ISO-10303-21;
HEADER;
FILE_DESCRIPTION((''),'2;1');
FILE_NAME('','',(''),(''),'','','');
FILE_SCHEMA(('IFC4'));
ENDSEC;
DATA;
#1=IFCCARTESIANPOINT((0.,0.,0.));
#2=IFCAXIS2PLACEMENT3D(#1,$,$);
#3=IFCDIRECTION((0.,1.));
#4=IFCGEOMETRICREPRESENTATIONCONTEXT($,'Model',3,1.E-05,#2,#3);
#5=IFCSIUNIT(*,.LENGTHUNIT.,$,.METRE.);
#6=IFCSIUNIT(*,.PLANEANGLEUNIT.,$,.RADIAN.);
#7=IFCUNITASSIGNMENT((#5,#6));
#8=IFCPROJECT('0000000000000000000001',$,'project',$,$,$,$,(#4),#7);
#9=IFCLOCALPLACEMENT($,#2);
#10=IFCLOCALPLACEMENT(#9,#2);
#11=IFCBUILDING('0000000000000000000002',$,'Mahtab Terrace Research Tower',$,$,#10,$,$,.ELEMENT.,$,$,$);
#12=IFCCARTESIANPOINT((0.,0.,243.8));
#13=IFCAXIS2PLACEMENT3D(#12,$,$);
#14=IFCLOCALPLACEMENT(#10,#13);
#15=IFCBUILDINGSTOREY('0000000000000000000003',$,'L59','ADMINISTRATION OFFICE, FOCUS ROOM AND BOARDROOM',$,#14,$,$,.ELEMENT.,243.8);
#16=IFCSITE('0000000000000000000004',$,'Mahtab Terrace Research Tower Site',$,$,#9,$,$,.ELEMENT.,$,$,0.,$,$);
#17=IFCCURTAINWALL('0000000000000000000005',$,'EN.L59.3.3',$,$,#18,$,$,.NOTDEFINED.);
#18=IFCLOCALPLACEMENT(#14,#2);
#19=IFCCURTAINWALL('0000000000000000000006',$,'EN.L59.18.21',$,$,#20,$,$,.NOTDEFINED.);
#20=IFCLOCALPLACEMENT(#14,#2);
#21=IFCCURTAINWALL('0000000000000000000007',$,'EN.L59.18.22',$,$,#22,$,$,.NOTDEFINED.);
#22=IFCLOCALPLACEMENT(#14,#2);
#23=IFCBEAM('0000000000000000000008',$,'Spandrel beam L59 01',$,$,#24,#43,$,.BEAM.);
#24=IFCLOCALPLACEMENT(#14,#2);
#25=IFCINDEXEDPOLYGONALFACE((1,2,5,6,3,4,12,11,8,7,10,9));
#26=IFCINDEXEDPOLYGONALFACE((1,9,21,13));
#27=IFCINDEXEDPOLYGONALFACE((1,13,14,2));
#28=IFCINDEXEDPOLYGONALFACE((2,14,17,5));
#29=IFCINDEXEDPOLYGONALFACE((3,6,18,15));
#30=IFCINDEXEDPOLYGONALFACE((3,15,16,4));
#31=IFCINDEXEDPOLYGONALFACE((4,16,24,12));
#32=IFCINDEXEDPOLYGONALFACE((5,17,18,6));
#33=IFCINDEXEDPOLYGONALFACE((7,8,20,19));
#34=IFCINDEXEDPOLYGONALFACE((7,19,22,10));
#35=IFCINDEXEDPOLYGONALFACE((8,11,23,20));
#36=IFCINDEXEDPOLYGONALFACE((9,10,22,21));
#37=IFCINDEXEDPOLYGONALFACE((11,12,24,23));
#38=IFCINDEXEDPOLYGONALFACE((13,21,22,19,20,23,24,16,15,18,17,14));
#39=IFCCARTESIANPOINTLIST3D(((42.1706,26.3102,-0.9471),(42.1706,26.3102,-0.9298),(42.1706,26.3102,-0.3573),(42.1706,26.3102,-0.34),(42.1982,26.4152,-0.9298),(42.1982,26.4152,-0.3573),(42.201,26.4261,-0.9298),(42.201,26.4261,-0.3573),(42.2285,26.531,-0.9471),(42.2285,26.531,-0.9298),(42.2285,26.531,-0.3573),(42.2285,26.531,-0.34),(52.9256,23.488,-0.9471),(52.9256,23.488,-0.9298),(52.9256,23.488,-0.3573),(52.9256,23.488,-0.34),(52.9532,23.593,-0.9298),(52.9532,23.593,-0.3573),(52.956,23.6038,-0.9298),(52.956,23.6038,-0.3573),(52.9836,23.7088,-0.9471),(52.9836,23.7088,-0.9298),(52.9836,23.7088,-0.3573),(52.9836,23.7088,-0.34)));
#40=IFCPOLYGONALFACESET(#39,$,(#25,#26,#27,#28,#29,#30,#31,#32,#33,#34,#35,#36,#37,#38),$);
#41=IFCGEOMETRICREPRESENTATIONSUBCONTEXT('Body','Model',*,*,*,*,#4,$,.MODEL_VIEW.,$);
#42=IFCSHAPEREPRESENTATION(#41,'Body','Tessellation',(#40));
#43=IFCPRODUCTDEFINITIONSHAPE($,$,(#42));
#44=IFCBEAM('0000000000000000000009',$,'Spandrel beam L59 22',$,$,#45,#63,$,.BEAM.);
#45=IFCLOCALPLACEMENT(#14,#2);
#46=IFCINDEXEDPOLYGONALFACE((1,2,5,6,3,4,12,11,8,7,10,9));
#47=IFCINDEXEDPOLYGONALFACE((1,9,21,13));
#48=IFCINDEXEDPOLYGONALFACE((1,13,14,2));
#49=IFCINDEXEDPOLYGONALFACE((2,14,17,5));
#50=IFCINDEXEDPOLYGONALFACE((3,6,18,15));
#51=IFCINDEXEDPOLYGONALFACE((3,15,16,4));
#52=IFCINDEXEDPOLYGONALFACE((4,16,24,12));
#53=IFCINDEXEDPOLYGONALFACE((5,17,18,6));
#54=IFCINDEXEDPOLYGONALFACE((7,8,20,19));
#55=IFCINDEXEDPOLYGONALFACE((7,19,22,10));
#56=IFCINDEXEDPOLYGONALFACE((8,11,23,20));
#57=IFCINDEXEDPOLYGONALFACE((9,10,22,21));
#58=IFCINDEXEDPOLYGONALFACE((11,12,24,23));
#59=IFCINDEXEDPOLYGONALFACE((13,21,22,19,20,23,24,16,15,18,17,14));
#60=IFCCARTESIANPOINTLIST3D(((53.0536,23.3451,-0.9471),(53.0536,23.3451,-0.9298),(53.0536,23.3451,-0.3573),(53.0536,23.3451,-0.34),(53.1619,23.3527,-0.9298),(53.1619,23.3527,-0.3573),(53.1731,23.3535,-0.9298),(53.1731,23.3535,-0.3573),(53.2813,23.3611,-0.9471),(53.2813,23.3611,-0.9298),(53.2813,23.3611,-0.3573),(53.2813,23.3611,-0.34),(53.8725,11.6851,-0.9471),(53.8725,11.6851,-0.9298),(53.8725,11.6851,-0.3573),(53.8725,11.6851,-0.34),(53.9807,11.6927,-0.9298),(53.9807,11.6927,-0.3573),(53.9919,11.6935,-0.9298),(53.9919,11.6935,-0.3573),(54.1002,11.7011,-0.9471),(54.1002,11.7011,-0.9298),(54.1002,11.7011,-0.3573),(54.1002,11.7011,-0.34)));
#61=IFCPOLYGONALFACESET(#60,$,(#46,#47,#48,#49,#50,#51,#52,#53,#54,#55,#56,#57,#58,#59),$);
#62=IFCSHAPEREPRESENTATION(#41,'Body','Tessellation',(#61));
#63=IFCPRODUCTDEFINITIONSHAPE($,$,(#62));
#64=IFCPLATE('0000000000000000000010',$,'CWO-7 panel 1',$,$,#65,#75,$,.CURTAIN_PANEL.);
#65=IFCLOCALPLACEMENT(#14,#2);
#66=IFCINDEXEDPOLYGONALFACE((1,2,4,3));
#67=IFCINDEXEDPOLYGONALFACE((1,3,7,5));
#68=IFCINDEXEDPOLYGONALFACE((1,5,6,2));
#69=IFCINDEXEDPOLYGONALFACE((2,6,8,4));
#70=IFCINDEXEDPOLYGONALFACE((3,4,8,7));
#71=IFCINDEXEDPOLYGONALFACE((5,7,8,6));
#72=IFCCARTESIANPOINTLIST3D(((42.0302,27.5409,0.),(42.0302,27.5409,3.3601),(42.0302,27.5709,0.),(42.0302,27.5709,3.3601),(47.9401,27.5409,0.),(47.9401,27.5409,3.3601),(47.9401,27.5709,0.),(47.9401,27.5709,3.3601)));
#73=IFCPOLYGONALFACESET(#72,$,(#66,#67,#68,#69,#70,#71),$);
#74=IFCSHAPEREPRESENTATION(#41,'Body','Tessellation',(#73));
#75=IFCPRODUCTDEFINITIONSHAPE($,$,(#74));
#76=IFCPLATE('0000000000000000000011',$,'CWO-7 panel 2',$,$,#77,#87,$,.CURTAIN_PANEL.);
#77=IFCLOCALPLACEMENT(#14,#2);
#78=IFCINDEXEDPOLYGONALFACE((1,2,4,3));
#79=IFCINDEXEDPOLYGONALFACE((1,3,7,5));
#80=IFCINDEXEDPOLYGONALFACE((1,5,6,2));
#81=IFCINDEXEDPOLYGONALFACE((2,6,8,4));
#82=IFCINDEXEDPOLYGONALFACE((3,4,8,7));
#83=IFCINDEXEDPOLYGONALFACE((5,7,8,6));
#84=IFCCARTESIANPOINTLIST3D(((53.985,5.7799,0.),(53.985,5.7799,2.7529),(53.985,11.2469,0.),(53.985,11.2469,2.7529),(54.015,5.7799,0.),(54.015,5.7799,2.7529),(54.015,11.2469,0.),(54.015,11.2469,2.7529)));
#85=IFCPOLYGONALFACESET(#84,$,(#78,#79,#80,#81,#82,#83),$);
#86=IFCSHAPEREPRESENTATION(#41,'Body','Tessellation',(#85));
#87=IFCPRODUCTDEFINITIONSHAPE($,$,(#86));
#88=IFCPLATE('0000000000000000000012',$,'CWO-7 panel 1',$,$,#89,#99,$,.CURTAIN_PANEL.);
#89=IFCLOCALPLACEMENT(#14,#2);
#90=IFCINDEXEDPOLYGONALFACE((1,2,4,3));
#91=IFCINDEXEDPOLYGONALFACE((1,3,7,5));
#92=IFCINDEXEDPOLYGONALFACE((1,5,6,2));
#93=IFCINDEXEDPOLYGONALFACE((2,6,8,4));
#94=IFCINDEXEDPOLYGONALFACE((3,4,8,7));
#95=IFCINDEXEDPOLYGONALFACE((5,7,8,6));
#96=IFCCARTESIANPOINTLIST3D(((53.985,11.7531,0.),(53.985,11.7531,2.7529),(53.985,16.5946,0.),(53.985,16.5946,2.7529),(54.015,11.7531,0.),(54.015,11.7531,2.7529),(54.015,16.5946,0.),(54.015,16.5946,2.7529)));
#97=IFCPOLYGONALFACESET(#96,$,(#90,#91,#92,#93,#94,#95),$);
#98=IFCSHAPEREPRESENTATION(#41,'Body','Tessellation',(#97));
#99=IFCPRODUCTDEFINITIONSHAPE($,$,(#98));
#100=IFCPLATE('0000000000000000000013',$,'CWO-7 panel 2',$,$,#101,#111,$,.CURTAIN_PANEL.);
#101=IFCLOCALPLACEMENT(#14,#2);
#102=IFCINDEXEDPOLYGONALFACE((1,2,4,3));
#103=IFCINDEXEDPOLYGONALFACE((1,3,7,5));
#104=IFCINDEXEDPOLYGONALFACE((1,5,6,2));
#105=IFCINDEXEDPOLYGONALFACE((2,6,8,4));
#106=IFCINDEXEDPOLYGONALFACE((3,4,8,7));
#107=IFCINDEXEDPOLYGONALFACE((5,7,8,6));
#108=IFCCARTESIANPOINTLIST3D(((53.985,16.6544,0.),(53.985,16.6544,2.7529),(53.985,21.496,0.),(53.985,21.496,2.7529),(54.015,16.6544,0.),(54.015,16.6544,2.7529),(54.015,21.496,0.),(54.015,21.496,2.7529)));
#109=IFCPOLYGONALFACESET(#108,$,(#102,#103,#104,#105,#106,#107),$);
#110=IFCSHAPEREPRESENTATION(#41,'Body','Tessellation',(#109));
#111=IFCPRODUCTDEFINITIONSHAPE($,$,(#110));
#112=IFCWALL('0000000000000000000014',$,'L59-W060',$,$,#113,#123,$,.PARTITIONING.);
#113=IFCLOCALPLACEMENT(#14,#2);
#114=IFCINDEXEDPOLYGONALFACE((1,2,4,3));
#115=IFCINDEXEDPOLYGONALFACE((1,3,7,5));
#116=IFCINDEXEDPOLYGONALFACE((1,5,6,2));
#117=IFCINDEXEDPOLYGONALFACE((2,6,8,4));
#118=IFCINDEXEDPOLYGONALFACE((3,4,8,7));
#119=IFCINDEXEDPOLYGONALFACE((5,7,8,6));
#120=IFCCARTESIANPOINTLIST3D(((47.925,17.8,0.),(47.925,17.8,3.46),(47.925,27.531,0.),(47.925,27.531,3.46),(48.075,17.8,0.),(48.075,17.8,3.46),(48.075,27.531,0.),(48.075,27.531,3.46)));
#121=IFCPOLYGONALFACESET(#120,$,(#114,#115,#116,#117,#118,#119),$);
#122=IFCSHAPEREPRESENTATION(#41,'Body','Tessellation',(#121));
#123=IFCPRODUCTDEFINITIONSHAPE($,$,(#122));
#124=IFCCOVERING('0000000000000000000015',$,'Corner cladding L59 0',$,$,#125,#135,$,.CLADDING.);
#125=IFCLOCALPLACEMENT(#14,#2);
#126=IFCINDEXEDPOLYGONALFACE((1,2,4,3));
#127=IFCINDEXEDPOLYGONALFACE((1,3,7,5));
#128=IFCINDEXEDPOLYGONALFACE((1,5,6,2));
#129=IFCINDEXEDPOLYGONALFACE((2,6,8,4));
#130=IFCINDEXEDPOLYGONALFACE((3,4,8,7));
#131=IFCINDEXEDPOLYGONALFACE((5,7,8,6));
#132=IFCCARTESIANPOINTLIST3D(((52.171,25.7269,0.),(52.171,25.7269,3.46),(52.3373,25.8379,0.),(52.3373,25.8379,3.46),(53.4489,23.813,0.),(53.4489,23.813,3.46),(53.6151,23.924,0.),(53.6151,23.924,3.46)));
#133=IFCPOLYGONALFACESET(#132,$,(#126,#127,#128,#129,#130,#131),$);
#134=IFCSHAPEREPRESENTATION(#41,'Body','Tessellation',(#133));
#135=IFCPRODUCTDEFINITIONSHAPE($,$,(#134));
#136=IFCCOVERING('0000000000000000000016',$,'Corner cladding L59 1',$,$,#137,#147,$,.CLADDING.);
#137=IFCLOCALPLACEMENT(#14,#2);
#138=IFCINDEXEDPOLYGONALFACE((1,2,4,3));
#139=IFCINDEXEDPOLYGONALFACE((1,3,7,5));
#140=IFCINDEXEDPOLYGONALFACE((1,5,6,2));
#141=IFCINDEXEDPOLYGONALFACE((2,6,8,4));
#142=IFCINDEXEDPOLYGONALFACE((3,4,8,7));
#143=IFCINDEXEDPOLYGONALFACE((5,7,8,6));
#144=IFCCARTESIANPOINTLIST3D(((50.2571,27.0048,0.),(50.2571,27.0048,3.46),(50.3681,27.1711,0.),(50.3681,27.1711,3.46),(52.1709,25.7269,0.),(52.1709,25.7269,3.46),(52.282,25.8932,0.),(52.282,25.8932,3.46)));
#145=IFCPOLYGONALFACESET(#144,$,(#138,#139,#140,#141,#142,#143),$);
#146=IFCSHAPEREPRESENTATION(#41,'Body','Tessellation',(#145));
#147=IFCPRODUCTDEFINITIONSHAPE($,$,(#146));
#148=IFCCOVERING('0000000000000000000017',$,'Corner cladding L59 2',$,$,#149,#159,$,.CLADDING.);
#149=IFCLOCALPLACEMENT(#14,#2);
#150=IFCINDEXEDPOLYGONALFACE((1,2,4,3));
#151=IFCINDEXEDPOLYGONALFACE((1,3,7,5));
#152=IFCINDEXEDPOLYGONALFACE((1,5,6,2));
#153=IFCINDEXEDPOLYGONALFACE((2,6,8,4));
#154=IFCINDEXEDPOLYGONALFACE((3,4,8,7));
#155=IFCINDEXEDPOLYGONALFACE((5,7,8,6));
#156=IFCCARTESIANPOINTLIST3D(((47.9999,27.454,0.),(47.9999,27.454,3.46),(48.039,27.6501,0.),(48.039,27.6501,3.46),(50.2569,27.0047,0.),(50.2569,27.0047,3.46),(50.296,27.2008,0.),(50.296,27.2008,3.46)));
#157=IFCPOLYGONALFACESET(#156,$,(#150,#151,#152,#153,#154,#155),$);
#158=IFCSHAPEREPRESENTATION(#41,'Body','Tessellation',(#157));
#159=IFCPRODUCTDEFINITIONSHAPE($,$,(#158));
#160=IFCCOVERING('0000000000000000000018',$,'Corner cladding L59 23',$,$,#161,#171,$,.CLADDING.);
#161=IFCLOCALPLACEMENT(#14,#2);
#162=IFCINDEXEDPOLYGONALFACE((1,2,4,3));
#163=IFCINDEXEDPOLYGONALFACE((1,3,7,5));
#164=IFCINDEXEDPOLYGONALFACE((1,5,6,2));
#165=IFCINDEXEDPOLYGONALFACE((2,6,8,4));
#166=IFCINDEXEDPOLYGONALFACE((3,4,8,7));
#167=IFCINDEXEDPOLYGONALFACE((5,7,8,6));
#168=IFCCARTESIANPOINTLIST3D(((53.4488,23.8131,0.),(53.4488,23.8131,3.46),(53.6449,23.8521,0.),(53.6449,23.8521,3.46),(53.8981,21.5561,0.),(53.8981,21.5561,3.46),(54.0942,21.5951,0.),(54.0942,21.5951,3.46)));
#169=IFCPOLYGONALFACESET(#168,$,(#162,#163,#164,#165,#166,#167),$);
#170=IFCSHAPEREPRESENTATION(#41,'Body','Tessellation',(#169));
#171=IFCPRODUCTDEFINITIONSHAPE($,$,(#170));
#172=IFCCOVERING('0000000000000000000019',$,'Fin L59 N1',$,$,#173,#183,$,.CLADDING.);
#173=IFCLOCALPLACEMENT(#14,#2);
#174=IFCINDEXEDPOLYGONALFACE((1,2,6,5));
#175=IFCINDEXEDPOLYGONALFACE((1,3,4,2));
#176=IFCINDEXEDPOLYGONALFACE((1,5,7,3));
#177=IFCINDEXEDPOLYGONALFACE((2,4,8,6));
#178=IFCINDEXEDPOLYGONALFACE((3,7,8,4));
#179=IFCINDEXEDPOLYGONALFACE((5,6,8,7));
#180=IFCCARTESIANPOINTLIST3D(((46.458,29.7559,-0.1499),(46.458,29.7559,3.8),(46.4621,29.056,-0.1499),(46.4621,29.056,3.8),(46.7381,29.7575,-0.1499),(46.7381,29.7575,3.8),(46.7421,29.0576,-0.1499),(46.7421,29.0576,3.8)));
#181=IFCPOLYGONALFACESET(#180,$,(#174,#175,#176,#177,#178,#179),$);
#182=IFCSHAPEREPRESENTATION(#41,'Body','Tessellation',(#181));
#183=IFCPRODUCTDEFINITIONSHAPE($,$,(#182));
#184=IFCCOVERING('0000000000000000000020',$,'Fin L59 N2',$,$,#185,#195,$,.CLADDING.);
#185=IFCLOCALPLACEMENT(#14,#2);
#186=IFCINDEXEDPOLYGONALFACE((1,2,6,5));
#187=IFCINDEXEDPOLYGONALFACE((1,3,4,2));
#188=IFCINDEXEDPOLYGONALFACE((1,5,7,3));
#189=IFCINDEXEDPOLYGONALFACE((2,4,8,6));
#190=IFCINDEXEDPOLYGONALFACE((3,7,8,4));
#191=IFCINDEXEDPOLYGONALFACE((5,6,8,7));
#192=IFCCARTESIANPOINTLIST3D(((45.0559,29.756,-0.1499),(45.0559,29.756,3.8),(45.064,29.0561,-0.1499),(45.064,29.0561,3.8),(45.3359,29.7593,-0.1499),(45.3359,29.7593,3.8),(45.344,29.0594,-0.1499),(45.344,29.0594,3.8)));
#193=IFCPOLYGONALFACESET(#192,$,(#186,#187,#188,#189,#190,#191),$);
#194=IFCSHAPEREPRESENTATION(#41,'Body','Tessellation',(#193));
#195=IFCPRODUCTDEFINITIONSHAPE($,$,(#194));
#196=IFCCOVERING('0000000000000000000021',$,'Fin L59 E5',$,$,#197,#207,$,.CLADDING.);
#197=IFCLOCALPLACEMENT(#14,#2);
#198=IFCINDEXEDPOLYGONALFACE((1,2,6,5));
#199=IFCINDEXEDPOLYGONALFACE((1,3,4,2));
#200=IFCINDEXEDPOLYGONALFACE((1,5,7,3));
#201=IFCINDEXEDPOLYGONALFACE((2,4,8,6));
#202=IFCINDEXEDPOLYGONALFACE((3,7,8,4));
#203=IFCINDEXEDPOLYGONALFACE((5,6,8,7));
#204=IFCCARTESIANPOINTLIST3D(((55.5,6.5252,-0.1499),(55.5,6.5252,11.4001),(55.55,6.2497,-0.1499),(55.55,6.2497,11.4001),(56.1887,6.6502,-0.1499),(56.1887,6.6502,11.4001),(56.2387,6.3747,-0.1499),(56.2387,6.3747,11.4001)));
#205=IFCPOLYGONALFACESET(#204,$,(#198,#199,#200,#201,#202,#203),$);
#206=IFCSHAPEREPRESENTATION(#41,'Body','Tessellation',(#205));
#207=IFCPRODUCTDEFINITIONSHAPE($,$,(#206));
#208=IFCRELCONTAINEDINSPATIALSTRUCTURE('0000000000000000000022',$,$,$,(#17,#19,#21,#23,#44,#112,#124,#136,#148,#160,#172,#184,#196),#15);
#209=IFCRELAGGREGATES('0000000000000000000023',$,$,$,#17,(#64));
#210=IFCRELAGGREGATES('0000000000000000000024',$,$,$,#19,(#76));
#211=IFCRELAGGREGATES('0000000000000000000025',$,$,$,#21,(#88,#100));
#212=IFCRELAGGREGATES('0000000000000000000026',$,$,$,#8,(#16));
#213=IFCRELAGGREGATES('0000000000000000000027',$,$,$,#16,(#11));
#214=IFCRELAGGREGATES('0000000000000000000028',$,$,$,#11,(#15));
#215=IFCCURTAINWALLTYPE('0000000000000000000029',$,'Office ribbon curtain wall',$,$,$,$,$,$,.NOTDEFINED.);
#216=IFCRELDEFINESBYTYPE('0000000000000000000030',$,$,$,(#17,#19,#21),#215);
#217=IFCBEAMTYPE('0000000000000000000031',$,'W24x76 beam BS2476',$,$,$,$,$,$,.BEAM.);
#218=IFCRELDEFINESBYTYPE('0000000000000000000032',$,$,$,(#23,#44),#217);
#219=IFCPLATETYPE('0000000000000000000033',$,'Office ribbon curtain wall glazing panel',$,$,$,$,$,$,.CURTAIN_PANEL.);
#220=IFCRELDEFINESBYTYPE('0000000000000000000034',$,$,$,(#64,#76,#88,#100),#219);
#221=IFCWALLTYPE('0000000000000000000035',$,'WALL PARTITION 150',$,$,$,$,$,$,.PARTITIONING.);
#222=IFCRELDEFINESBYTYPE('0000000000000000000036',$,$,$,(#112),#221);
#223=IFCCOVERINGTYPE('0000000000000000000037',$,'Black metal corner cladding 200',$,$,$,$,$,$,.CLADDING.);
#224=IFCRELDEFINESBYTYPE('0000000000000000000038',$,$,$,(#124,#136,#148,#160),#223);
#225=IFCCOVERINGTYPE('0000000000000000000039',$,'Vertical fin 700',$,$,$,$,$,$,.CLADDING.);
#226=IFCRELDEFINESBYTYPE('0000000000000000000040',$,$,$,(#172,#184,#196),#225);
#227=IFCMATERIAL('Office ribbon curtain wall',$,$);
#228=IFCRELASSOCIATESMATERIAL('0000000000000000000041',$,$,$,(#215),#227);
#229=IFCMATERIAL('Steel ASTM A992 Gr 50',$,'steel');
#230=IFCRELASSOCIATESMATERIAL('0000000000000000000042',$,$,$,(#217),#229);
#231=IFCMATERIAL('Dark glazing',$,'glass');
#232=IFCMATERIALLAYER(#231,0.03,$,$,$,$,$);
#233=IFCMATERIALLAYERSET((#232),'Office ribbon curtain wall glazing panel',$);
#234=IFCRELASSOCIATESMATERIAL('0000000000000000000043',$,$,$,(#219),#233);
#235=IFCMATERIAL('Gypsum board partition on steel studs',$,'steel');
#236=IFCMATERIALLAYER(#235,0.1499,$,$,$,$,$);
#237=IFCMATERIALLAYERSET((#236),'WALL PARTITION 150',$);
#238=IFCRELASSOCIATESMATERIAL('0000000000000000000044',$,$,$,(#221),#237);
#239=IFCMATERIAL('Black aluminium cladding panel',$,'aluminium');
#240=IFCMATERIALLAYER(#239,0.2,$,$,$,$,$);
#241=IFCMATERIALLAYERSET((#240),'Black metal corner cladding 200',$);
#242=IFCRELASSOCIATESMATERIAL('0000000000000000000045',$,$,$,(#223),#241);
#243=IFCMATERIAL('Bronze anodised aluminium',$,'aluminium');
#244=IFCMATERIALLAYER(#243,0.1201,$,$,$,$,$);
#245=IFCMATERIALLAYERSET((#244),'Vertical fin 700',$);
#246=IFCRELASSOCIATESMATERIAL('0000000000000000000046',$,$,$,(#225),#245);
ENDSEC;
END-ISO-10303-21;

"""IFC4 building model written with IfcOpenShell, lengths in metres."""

from ifc_helpers import new_model, si_unit, direction, frame, frame_2d, origin, origin_2d, place, context, subcontext, project, spatial, rectangle, i_section, extrude, material, layer, layer_set, material_profile, profile_set, type_object, element, aggregate, save


model = new_model("IFC4")

# Units and contexts
model_context = context("Model", 3, precision=1e-05, world=origin(), true_north=direction((0.0, 1.0)))
body_context = subcontext(model_context, "Body", "Model", "MODEL_VIEW")
ifc_project = project(units=[si_unit("LENGTHUNIT", "METRE"), si_unit("PLANEANGLEUNIT", "RADIAN")], contexts=[model_context])

# Site, building, storey
site_placement = place(None, origin())
site = spatial("IfcSite", under=ifc_project, at=site_placement, Name="Mahtab Terrace Research Tower Site", CompositionType="ELEMENT", RefElevation=0.0)
building_placement = place(site_placement, origin())
building = spatial("IfcBuilding", under=site, at=building_placement, Name="Mahtab Terrace Research Tower", CompositionType="ELEMENT")
storey_placement = place(building_placement, frame((0.0, 0.0, 243.8)))
storey = spatial("IfcBuildingStorey", under=building, at=storey_placement, Name="L59", Description="ADMINISTRATION OFFICE, FOCUS ROOM AND BOARDROOM", CompositionType="ELEMENT", Elevation=243.8)

# Shared definitions
ifc_material_1 = material(Name="Steel ASTM A992 Gr 50", Category="steel")

# Curtain wall
ifc_material_2 = material(Name="Office ribbon curtain wall")
curtain_wall_type = type_object("IfcCurtainWallType", Name="Office ribbon curtain wall", PredefinedType="NOTDEFINED", material=ifc_material_2)
curtain_wall_1_placement = place(storey_placement, origin())
curtain_wall_1 = element("IfcCurtainWall", 1, at=curtain_wall_1_placement, inside=storey, type_object=curtain_wall_type, Name="EN.L59.3.3", PredefinedType="NOTDEFINED")

# Curtain walls
curtain_wall_2_placement = place(storey_placement, origin())
curtain_wall_2 = element("IfcCurtainWall", 2, at=curtain_wall_2_placement, inside=storey, type_object=curtain_wall_type, Name="EN.L59.18.21", PredefinedType="NOTDEFINED")
curtain_wall_3_placement = place(storey_placement, origin())
curtain_wall_3 = element("IfcCurtainWall", 3, at=curtain_wall_3_placement, inside=storey, type_object=curtain_wall_type, Name="EN.L59.18.22", PredefinedType="NOTDEFINED")

# Beams
ifc_material_profile_1 = material_profile(ifc_material_1, i_section(OverallWidth=0.2283, OverallDepth=0.6072, WebThickness=0.0112, FlangeThickness=0.0173, at=origin_2d()), Name="W24X76")
ifc_profile_set_1 = profile_set([ifc_material_profile_1], Name="Steel ASTM A992 Gr 50")
beam_type = type_object("IfcBeamType", Name="W24x76 beam BS2476", PredefinedType="BEAM", material=ifc_profile_set_1)
beam_1_placement = place(storey_placement, frame((52.9546, 23.5984, -0.6436), z_axis=(-0.967252, 0.253818, 0.0), x_axis=(-0.253818, -0.967252, 0.0)))
element("IfcBeam", 4, at=beam_1_placement, inside=storey, type_object=beam_type, Name="Spandrel beam L59 01", PredefinedType="BEAM", context=body_context, shape_type="SweptSolid", body=[
    extrude(i_section(OverallWidth=0.2283, OverallDepth=0.6072, WebThickness=0.0112, FlangeThickness=0.0173, at=origin_2d()), origin(), (0.0, 0.0, 1.0), 11.1191),
])
beam_2_placement = place(storey_placement, frame((53.9863, 11.6931, -0.6436), z_axis=(-0.070055, 0.997543, 0.0), x_axis=(-0.997543, -0.070055, 0.0)))
element("IfcBeam", 5, at=beam_2_placement, inside=storey, type_object=beam_type, Name="Spandrel beam L59 22", PredefinedType="BEAM", context=body_context, shape_type="SweptSolid", body=[
    extrude(i_section(OverallWidth=0.2283, OverallDepth=0.6072, WebThickness=0.0112, FlangeThickness=0.0173, at=origin_2d()), origin(), (0.0, 0.0, 1.0), 11.6887),
])

# Plates
ifc_material_3 = material(Name="Dark glazing", Category="glass")
ifc_layer_1 = layer(ifc_material_3, 0.03)
ifc_layer_set_1 = layer_set([ifc_layer_1], Name="Office ribbon curtain wall glazing panel")
plate_type = type_object("IfcPlateType", Name="Office ribbon curtain wall glazing panel", PredefinedType="CURTAIN_PANEL", material=ifc_layer_set_1)
plate_1_placement = place(storey_placement, frame((44.9851, 27.5559, 0.0), z_axis=(0.0, 0.0, 1.0), x_axis=(-1.0, 0.0, 0.0)))
plate_1 = element("IfcPlate", 6, at=plate_1_placement, type_object=plate_type, Name="CWO-7 panel 1", PredefinedType="CURTAIN_PANEL", context=body_context, shape_type="SweptSolid", body=[
    extrude(rectangle(XDim=5.9099, YDim=0.03, at=origin_2d()), origin(), (0.0, 0.0, 1.0), 3.3601),
])
aggregate(curtain_wall_1, [plate_1])
plate_2_placement = place(storey_placement, frame((54.0, 8.5134, 0.0), z_axis=(0.0, 0.0, 1.0), x_axis=(0.0, 1.0, 0.0)))
plate_2 = element("IfcPlate", 7, at=plate_2_placement, type_object=plate_type, Name="CWO-7 panel 2", PredefinedType="CURTAIN_PANEL", context=body_context, shape_type="SweptSolid", body=[
    extrude(rectangle(XDim=5.467, YDim=0.03, at=origin_2d()), origin(), (0.0, 0.0, 1.0), 2.7529),
])
aggregate(curtain_wall_2, [plate_2])
plate_3_placement = place(storey_placement, frame((54.0, 14.1738, 0.0), z_axis=(0.0, 0.0, 1.0), x_axis=(0.0, 1.0, 0.0)))
plate_3 = element("IfcPlate", 8, at=plate_3_placement, type_object=plate_type, Name="CWO-7 panel 1", PredefinedType="CURTAIN_PANEL", context=body_context, shape_type="SweptSolid", body=[
    extrude(rectangle(XDim=4.8416, YDim=0.03, at=origin_2d()), origin(), (0.0, 0.0, 1.0), 2.7529),
])
plate_4_placement = place(storey_placement, frame((54.0, 19.0752, 0.0), z_axis=(0.0, 0.0, 1.0), x_axis=(0.0, 1.0, 0.0)))
plate_4 = element("IfcPlate", 9, at=plate_4_placement, type_object=plate_type, Name="CWO-7 panel 2", PredefinedType="CURTAIN_PANEL", context=body_context, shape_type="SweptSolid", body=[
    extrude(rectangle(XDim=4.8416, YDim=0.03, at=origin_2d()), origin(), (0.0, 0.0, 1.0), 2.7529),
])
aggregate(curtain_wall_3, [plate_3, plate_4])

# Wall
ifc_material_4 = material(Name="Gypsum board partition on steel studs", Category="steel")
ifc_layer_2 = layer(ifc_material_4, 0.1499)
ifc_layer_set_2 = layer_set([ifc_layer_2], Name="WALL PARTITION 150")
wall_type = type_object("IfcWallType", Name="WALL PARTITION 150", PredefinedType="PARTITIONING", material=ifc_layer_set_2)
wall_placement = place(storey_placement, frame((48.0, 17.8, 0.0), z_axis=(0.0, 0.0, 1.0), x_axis=(0.0, 1.0, 0.0)))
element("IfcWall", 10, at=wall_placement, inside=storey, type_object=wall_type, Name="L59-W060", PredefinedType="PARTITIONING", context=body_context, shape_type="SweptSolid", body=[
    extrude(rectangle(XDim=9.731, YDim=0.1499, at=frame_2d((4.8655, 0.0))), origin(), (0.0, 0.0, 1.0), 3.46),
])

# Coverings
ifc_material_5 = material(Name="Black aluminium cladding panel", Category="aluminium")
ifc_layer_3 = layer(ifc_material_5, 0.2)
ifc_layer_set_3 = layer_set([ifc_layer_3], Name="Black metal corner cladding 200")
covering_type_1 = type_object("IfcCoveringType", Name="Black metal corner cladding 200", PredefinedType="CLADDING", material=ifc_layer_set_3)
for number, where, z_axis, x_axis, name in (
    (11, (52.8931, 24.8254, 0.0), (0.0, 0.0, 1.0), (-0.555291, 0.831656, 0.0), "Corner cladding L59 0"),
    (12, (51.2695, 26.449, 0.0), (0.0, 0.0, 1.0), (-0.831656, 0.555291, 0.0), "Corner cladding L59 1"),
    (13, (49.1479, 27.3274, 0.0), (0.0, 0.0, 1.0), (-0.980761, 0.195212, 0.0), "Corner cladding L59 2"),
    (14, (53.7715, 22.7041, 0.0), (0.0, 0.0, 1.0), (-0.195212, 0.980761, 0.0), "Corner cladding L59 23"),
):
    element("IfcCovering", number, at=place(storey_placement, frame(where, z_axis=z_axis, x_axis=x_axis)), inside=storey, type_object=covering_type_1, Name=name, PredefinedType="CLADDING", context=body_context, shape_type="SweptSolid", body=[
        extrude(rectangle(XDim=2.3013, YDim=0.2, at=origin_2d()), origin(), (0.0, 0.0, 1.0), 3.46),
    ])
ifc_material_6 = material(Name="Bronze anodised aluminium", Category="aluminium")
ifc_layer_4 = layer(ifc_material_6, 0.1201)
ifc_layer_set_4 = layer_set([ifc_layer_4], Name="Vertical fin 700")
covering_type_2 = type_object("IfcCoveringType", Name="Vertical fin 700", PredefinedType="CLADDING", material=ifc_layer_set_4)
for number, where, z_axis, x_axis, name in (
    (15, (46.6001, 29.4067, -0.1499), (0.0, 0.0, 1.0), (-0.999983, -0.005818, 0.0), "Fin L59 N1"),
    (16, (45.2, 29.4077, -0.1499), (0.0, 0.0, 1.0), (-0.999932, -0.011635, 0.0), "Fin L59 N2"),
):
    element("IfcCovering", number, at=place(storey_placement, frame(where, z_axis=z_axis, x_axis=x_axis)), inside=storey, type_object=covering_type_2, Name=name, PredefinedType="CLADDING", context=body_context, shape_type="SweptSolid", body=[
        extrude(rectangle(XDim=0.28, YDim=0.7, at=origin_2d()), origin(), (0.0, 0.0, 1.0), 3.95),
    ])
for number, where, z_axis, x_axis, name in (
    (17, (55.8694, 6.45, -0.1499), (0.0, 0.0, 1.0), (-0.178618, 0.983918, 0.0), "Fin L59 E5"),
):
    element("IfcCovering", number, at=place(storey_placement, frame(where, z_axis=z_axis, x_axis=x_axis)), inside=storey, type_object=covering_type_2, Name=name, PredefinedType="CLADDING", context=body_context, shape_type="SweptSolid", body=[
        extrude(rectangle(XDim=0.28, YDim=0.7, at=origin_2d()), origin(), (0.0, 0.0, 1.0), 11.55),
    ])

save(model, "model.ifc")
